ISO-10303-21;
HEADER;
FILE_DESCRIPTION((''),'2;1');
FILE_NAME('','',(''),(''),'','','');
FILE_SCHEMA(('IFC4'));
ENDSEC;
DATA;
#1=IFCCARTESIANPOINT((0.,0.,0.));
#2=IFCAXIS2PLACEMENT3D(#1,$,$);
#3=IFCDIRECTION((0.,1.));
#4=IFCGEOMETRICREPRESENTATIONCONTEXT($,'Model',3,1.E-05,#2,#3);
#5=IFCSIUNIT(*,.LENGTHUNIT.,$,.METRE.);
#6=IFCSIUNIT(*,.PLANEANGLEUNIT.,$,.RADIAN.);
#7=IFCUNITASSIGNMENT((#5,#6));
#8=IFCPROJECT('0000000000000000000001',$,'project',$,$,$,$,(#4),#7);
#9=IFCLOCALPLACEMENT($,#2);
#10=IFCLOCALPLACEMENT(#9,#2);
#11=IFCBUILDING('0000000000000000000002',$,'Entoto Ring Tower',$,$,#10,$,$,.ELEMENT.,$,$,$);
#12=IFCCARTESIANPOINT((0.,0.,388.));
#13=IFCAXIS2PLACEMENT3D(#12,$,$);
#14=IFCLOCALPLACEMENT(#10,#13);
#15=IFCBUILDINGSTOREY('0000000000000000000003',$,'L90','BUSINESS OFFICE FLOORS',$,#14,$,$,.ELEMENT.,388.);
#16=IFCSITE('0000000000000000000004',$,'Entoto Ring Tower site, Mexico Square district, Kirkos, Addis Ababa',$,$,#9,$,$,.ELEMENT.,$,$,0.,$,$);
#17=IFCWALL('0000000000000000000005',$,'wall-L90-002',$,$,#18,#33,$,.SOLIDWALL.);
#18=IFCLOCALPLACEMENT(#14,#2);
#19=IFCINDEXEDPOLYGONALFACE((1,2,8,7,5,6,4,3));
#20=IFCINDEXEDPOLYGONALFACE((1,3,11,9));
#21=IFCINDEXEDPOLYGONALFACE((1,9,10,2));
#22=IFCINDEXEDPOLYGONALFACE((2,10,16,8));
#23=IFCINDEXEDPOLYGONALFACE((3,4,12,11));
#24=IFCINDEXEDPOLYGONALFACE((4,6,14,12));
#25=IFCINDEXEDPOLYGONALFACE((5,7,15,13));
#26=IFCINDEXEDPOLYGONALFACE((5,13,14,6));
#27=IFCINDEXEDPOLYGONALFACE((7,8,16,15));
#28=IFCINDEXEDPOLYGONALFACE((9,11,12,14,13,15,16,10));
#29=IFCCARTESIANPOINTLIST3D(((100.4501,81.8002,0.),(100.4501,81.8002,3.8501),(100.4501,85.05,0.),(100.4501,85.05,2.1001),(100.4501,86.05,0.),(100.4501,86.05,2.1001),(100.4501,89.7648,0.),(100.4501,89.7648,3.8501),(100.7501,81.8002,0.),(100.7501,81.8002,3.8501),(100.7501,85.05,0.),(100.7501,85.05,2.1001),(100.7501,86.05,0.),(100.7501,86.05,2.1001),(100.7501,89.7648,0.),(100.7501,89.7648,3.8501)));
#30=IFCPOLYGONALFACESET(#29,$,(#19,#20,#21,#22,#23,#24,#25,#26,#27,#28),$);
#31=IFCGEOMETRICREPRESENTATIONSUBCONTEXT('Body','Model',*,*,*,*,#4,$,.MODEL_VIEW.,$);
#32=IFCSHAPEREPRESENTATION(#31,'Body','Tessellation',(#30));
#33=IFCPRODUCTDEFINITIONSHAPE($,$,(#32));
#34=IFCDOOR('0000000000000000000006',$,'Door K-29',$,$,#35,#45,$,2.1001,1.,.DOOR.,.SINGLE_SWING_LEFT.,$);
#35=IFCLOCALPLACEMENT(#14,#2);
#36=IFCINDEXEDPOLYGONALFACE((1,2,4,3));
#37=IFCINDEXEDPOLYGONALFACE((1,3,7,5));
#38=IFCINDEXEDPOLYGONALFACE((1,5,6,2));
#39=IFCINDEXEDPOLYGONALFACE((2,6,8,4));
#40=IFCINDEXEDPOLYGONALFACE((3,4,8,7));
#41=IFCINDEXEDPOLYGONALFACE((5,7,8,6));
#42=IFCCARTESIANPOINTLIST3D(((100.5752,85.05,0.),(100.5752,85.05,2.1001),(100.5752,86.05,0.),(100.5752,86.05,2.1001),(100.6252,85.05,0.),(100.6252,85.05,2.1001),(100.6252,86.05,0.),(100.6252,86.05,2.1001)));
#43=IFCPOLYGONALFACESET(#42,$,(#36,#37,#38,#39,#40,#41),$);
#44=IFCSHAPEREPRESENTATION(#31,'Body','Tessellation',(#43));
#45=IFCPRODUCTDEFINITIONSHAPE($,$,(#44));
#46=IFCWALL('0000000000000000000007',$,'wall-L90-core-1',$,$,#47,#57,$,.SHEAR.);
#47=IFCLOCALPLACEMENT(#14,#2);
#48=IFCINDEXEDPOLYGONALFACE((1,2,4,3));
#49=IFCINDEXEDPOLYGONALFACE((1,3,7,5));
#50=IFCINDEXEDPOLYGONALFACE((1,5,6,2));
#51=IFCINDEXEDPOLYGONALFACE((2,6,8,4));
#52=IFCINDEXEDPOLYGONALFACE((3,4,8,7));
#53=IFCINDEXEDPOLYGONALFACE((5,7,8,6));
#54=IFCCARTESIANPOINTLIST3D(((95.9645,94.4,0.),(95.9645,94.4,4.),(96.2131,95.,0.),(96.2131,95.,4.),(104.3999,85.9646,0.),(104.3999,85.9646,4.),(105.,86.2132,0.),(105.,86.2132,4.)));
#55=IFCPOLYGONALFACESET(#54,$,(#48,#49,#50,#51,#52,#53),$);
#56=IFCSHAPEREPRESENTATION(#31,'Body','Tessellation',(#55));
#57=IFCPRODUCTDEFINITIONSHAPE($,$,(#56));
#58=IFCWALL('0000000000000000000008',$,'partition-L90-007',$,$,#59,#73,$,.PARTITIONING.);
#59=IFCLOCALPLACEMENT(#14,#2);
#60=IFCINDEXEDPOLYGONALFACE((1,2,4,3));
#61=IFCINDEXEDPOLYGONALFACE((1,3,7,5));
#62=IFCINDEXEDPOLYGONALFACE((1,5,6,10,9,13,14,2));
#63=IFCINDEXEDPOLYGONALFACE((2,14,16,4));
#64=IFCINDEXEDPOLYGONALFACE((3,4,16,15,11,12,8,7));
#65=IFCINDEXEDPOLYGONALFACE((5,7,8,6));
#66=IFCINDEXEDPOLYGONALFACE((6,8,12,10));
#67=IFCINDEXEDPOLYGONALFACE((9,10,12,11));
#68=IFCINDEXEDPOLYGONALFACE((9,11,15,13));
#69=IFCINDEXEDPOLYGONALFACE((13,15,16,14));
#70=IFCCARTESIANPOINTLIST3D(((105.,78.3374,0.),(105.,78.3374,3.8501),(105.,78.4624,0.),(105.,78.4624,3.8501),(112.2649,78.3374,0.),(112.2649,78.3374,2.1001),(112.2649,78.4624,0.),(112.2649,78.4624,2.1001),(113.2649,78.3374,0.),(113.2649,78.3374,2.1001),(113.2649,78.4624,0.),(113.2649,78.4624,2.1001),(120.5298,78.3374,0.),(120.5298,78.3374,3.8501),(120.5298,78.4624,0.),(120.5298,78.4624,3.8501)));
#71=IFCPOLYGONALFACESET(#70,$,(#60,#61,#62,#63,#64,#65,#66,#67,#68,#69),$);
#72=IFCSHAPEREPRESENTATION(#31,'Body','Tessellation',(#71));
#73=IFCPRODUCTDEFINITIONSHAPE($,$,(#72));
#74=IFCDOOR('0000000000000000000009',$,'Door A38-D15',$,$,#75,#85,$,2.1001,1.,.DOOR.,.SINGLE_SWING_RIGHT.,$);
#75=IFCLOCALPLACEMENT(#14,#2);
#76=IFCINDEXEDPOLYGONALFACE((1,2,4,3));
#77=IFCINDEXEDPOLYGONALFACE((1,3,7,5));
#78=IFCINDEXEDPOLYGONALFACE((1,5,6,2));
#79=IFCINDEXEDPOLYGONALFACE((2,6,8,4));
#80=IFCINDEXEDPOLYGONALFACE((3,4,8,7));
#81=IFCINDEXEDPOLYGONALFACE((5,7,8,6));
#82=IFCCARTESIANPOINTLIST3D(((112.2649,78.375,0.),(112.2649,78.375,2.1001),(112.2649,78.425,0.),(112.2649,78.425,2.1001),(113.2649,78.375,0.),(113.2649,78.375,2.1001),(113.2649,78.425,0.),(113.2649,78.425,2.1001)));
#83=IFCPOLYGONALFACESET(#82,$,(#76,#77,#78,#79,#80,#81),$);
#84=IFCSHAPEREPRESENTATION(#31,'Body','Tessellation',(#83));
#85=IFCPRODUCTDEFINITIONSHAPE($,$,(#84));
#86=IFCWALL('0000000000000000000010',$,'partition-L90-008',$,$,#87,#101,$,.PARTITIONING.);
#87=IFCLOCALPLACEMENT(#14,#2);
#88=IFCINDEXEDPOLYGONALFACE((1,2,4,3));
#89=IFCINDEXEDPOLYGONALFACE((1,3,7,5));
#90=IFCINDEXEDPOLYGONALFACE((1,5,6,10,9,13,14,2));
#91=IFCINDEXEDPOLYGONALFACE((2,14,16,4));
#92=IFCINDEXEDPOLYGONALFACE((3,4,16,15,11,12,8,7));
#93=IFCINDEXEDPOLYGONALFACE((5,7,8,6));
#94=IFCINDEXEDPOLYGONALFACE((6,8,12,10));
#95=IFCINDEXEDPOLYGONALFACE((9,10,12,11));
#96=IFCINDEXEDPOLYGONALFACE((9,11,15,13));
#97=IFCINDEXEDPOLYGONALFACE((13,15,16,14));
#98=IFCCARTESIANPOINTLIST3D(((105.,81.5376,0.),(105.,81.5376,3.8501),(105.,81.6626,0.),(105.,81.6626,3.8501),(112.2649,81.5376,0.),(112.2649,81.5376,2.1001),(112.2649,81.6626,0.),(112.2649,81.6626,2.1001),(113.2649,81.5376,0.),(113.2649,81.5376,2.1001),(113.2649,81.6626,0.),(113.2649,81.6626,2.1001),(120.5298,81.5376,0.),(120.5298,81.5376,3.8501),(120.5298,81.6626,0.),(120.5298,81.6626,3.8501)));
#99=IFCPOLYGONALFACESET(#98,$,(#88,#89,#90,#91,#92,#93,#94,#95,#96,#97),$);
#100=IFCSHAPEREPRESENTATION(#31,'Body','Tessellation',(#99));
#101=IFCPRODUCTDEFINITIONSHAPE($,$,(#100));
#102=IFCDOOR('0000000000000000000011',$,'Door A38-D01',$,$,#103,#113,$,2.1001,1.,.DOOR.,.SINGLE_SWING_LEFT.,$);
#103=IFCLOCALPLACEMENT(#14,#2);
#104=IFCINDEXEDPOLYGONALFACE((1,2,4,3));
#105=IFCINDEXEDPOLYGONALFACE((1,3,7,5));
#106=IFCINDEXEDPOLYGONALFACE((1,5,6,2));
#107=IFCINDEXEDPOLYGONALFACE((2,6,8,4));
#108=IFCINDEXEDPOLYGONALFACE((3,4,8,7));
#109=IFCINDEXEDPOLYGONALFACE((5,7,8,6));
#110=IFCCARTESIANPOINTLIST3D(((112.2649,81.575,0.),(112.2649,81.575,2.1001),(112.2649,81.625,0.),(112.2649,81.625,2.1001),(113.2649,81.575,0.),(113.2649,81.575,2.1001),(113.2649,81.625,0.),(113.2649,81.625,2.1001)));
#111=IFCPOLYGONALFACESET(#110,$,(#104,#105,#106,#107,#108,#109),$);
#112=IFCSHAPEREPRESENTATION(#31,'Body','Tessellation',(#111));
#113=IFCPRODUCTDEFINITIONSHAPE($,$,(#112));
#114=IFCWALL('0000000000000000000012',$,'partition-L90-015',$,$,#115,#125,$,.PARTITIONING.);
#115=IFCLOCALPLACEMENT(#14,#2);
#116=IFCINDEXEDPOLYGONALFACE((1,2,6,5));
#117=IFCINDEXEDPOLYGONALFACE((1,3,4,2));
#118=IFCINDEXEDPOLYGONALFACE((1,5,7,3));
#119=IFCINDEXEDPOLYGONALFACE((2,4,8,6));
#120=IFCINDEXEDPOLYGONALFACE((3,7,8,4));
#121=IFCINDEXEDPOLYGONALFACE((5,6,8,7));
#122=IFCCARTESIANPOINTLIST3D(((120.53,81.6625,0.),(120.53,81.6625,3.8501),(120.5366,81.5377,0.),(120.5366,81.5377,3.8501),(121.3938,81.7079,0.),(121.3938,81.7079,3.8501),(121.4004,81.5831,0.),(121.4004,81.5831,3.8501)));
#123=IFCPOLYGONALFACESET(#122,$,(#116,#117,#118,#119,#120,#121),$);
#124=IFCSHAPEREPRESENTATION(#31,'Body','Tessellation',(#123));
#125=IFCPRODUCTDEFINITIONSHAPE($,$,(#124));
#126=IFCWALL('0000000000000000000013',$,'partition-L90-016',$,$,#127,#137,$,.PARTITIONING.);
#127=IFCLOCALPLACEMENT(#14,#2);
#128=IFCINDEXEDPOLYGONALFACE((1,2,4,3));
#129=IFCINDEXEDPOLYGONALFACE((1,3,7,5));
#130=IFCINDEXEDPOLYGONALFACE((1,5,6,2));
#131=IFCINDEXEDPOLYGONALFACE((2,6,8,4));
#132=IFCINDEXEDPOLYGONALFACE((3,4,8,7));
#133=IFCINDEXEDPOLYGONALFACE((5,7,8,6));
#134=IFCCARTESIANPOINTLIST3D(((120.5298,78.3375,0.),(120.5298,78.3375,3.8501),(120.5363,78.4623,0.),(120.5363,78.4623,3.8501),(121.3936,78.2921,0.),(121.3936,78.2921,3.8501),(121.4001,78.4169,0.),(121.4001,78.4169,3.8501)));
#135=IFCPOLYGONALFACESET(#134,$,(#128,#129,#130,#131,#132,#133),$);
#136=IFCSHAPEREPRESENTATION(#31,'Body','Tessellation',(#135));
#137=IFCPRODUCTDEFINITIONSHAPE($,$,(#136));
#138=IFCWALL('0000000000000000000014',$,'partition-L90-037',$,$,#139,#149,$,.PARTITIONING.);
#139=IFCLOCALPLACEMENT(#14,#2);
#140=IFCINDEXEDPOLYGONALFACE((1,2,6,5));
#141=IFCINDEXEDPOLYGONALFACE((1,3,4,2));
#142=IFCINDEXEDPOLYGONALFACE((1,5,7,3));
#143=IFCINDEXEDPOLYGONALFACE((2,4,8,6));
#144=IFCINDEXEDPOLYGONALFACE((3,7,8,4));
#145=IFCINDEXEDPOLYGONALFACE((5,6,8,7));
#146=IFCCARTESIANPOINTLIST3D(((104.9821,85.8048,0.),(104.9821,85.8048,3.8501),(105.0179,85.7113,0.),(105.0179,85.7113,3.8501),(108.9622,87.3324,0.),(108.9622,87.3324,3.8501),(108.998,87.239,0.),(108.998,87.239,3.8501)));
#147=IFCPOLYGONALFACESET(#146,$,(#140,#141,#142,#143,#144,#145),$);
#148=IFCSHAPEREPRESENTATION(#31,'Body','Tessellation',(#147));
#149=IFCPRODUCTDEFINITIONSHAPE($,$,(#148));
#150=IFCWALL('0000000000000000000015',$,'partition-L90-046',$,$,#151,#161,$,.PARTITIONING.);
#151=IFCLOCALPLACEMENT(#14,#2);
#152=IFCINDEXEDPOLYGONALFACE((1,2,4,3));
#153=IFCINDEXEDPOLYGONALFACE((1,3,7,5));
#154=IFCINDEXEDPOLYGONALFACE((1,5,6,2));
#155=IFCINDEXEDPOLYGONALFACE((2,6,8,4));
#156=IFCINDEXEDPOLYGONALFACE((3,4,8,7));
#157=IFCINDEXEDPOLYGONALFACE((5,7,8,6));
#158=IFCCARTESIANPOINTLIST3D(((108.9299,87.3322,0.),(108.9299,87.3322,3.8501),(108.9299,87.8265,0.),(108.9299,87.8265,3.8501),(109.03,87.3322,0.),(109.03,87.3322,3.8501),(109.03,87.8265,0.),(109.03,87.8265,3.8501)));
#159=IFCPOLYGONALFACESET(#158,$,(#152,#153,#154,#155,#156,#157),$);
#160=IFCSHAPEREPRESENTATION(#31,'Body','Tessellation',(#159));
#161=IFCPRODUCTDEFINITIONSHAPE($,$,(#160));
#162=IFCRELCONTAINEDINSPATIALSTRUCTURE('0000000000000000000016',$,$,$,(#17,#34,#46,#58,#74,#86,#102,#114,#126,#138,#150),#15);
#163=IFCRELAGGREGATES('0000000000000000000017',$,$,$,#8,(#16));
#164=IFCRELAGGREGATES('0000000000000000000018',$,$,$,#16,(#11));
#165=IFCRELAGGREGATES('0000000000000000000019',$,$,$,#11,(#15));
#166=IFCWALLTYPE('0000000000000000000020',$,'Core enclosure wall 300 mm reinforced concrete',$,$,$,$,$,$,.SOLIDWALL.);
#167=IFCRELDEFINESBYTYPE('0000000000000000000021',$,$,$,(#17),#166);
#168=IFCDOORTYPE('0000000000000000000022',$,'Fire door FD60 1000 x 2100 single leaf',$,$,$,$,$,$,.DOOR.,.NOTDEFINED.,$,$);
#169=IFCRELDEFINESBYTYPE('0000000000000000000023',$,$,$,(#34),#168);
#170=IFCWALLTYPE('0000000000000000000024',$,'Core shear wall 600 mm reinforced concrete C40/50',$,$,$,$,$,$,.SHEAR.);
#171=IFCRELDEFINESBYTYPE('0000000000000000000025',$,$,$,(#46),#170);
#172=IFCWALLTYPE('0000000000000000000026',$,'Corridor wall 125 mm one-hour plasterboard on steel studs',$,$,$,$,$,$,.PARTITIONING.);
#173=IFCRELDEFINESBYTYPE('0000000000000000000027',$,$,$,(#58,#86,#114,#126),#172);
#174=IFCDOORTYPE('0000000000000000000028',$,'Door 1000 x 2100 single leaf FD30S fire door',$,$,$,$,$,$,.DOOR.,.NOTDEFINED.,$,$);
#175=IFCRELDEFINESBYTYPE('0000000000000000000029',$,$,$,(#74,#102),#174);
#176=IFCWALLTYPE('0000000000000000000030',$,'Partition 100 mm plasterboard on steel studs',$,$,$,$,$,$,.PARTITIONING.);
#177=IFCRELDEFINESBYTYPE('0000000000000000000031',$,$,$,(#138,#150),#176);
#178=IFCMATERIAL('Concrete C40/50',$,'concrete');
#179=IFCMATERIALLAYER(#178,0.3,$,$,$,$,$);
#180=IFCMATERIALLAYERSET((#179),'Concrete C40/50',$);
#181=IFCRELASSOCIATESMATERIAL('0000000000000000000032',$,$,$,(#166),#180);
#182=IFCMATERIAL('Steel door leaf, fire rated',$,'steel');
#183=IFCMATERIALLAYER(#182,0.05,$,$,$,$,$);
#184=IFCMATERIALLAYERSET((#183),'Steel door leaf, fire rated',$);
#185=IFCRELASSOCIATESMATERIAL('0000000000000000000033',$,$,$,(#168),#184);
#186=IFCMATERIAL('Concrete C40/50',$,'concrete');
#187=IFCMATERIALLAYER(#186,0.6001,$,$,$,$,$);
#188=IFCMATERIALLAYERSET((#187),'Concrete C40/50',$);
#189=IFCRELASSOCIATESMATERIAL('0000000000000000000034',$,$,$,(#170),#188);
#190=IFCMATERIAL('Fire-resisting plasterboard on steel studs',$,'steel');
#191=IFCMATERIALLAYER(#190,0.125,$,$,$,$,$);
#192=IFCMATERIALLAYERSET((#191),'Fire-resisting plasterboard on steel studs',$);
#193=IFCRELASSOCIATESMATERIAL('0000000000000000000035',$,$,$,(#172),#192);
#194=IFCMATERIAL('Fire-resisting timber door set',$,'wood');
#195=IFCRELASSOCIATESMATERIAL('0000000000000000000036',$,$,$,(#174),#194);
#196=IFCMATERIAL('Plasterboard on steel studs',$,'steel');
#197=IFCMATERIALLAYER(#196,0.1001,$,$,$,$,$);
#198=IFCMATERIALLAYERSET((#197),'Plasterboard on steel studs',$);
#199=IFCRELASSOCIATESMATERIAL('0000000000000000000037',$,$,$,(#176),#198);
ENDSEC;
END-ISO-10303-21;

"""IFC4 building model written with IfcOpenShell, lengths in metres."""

from ifc_helpers import new_model, si_unit, direction, frame, frame_2d, origin, place, context, subcontext, project, spatial, polyline, rectangle, outline, extrude, material, layer, layer_set, type_object, element, fill, save


model = new_model("IFC4")

# Units and contexts
model_context = context("Model", 3, precision=1e-05, world=origin(), true_north=direction((0.0, 1.0)))
body_context = subcontext(model_context, "Body", "Model", "MODEL_VIEW")
ifc_project = project(units=[si_unit("LENGTHUNIT", "METRE"), si_unit("PLANEANGLEUNIT", "RADIAN")], contexts=[model_context])

# Site, building, storey
site_placement = place(None, origin())
site = spatial("IfcSite", under=ifc_project, at=site_placement, Name="Entoto Ring Tower site, Mexico Square district, Kirkos, Addis Ababa", CompositionType="ELEMENT", RefElevation=0.0)
building_placement = place(site_placement, origin())
building = spatial("IfcBuilding", under=site, at=building_placement, Name="Entoto Ring Tower", CompositionType="ELEMENT")
storey_placement = place(building_placement, frame((0.0, 0.0, 388.0)))
storey = spatial("IfcBuildingStorey", under=building, at=storey_placement, Name="L90", Description="BUSINESS OFFICE FLOORS", CompositionType="ELEMENT", Elevation=388.0)

# Wall, opening, door
ifc_material_1 = material(Name="Concrete C40/50", Category="concrete")
ifc_layer_1 = layer(ifc_material_1, 0.3)
ifc_layer_set_1 = layer_set([ifc_layer_1], Name="Concrete C40/50")
wall_type_1 = type_object("IfcWallType", Name="Core enclosure wall 300 mm reinforced concrete", PredefinedType="SOLIDWALL", material=ifc_layer_set_1)
wall_1_placement = place(storey_placement, frame((100.6001, 81.8, 0.0), z_axis=(0.0, 0.0, 1.0), x_axis=(0.0, 1.0, 0.0)))
wall_1 = element("IfcWall", 1, at=wall_1_placement, inside=storey, type_object=wall_type_1, Name="wall-L90-002", PredefinedType="SOLIDWALL", context=body_context, shape_type="SweptSolid", body=[
    extrude(rectangle(XDim=7.9646, YDim=0.3, at=frame_2d((3.9824, 0.0))), origin(), (0.0, 0.0, 1.0), 3.8501),
])
opening_1_placement = place(wall_1_placement, frame((3.25, 0.0, 0.0)))
opening_1 = element("IfcOpeningElement", 2, at=opening_1_placement, cuts=wall_1, PredefinedType="OPENING", context=body_context, shape_type="SweptSolid", body=[
    extrude(rectangle(XDim=1.0, YDim=2.1001, at=frame_2d((0.5, 1.05))), frame((0.0, 0.1602, 0.0), z_axis=(0.0, -1.0, 0.0), x_axis=(1.0, 0.0, 0.0)), (0.0, 0.0, 1.0), 0.3201),
])
ifc_material_2 = material(Name="Steel door leaf, fire rated", Category="steel")
ifc_layer_2 = layer(ifc_material_2, 0.05)
ifc_layer_set_2 = layer_set([ifc_layer_2], Name="Steel door leaf, fire rated")
door_type_1 = type_object("IfcDoorType", Name="Fire door FD60 1000 x 2100 single leaf", OperationType="NOTDEFINED", PredefinedType="DOOR", material=ifc_layer_set_2)
door_1_placement = place(opening_1_placement, origin())
door_1 = element("IfcDoor", 3, at=door_1_placement, inside=storey, type_object=door_type_1, Name="Door K-29", OperationType="SINGLE_SWING_LEFT", OverallHeight=2.1001, OverallWidth=1.0, PredefinedType="DOOR", context=body_context, shape_type="SweptSolid", body=[
    extrude(rectangle(XDim=1.0, YDim=2.1001, at=frame_2d((0.5, 1.05))), frame((0.0, 0.0249, 0.0), z_axis=(0.0, -1.0, 0.0), x_axis=(1.0, 0.0, 0.0)), (0.0, 0.0, 1.0), 0.05),
])
fill(opening_1, door_1)

# Wall
ifc_material_3 = material(Name="Concrete C40/50", Category="concrete")
ifc_layer_3 = layer(ifc_material_3, 0.6001)
ifc_layer_set_3 = layer_set([ifc_layer_3], Name="Concrete C40/50")
wall_type_2 = type_object("IfcWallType", Name="Core shear wall 600 mm reinforced concrete C40/50", PredefinedType="SHEAR", material=ifc_layer_set_3)
wall_2_placement = place(storey_placement, frame((104.7, 86.0889, 0.0), z_axis=(0.0, 0.0, 1.0), x_axis=(-0.707107, 0.707107, 0.0)))
element("IfcWall", 4, at=wall_2_placement, inside=storey, type_object=wall_type_2, Name="wall-L90-core-1", PredefinedType="SHEAR", context=body_context, shape_type="SweptSolid", body=[
    extrude(outline(polyline([(-0.1243, -0.3), (12.3022, -0.3), (12.0537, 0.3), (0.1243, 0.3), (-0.1243, -0.3)])), origin(), (0.0, 0.0, 1.0), 4.0),
])

# Walls, openings, doors
ifc_material_4 = material(Name="Fire-resisting plasterboard on steel studs", Category="steel")
ifc_layer_4 = layer(ifc_material_4, 0.125)
ifc_layer_set_4 = layer_set([ifc_layer_4], Name="Fire-resisting plasterboard on steel studs")
wall_type_3 = type_object("IfcWallType", Name="Corridor wall 125 mm one-hour plasterboard on steel studs", PredefinedType="PARTITIONING", material=ifc_layer_set_4)
wall_3_placement = place(storey_placement, frame((105.0, 78.3999, 0.0), z_axis=(0.0, 0.0, 1.0), x_axis=(1.0, 0.0, 0.0)))
wall_3 = element("IfcWall", 5, at=wall_3_placement, inside=storey, type_object=wall_type_3, Name="partition-L90-007", PredefinedType="PARTITIONING", context=body_context, shape_type="SweptSolid", body=[
    extrude(rectangle(XDim=15.5298, YDim=0.125, at=frame_2d((7.7649, 0.0))), origin(), (0.0, 0.0, 1.0), 3.8501),
])
opening_2_placement = place(wall_3_placement, frame((7.2649, 0.0, 0.0)))
opening_2 = element("IfcOpeningElement", 6, at=opening_2_placement, cuts=wall_3, PredefinedType="OPENING", context=body_context, shape_type="SweptSolid", body=[
    extrude(rectangle(XDim=1.0, YDim=2.1001, at=frame_2d((0.5, 1.05))), frame((0.0, 0.0725, 0.0), z_axis=(0.0, -1.0, 0.0), x_axis=(1.0, 0.0, 0.0)), (0.0, 0.0, 1.0), 0.145),
])
ifc_material_5 = material(Name="Fire-resisting timber door set", Category="wood")
door_type_2 = type_object("IfcDoorType", Name="Door 1000 x 2100 single leaf FD30S fire door", OperationType="NOTDEFINED", PredefinedType="DOOR", material=ifc_material_5)
door_2_placement = place(opening_2_placement, frame((1.0, 0.0, 0.0), z_axis=(0.0, 0.0, 1.0), x_axis=(-1.0, 0.0, 0.0)))
door_2 = element("IfcDoor", 7, at=door_2_placement, inside=storey, type_object=door_type_2, Name="Door A38-D15", OperationType="SINGLE_SWING_RIGHT", OverallHeight=2.1001, OverallWidth=1.0, PredefinedType="DOOR", context=body_context, shape_type="SweptSolid", body=[
    extrude(rectangle(XDim=1.0, YDim=2.1001, at=frame_2d((0.5, 1.05))), frame((0.0, 0.0249, 0.0), z_axis=(0.0, -1.0, 0.0), x_axis=(1.0, 0.0, 0.0)), (0.0, 0.0, 1.0), 0.05),
])
fill(opening_2, door_2)
wall_4_placement = place(storey_placement, frame((105.0, 81.6001, 0.0), z_axis=(0.0, 0.0, 1.0), x_axis=(1.0, 0.0, 0.0)))
wall_4 = element("IfcWall", 8, at=wall_4_placement, inside=storey, type_object=wall_type_3, Name="partition-L90-008", PredefinedType="PARTITIONING", context=body_context, shape_type="SweptSolid", body=[
    extrude(rectangle(XDim=15.5298, YDim=0.125, at=frame_2d((7.7649, 0.0))), origin(), (0.0, 0.0, 1.0), 3.8501),
])
opening_3_placement = place(wall_4_placement, frame((7.2649, 0.0, 0.0)))
opening_3 = element("IfcOpeningElement", 9, at=opening_3_placement, cuts=wall_4, PredefinedType="OPENING", context=body_context, shape_type="SweptSolid", body=[
    extrude(rectangle(XDim=1.0, YDim=2.1001, at=frame_2d((0.5, 1.05))), frame((0.0, 0.0725, 0.0), z_axis=(0.0, -1.0, 0.0), x_axis=(1.0, 0.0, 0.0)), (0.0, 0.0, 1.0), 0.145),
])
door_3_placement = place(opening_3_placement, origin())
door_3 = element("IfcDoor", 10, at=door_3_placement, inside=storey, type_object=door_type_2, Name="Door A38-D01", OperationType="SINGLE_SWING_LEFT", OverallHeight=2.1001, OverallWidth=1.0, PredefinedType="DOOR", context=body_context, shape_type="SweptSolid", body=[
    extrude(rectangle(XDim=1.0, YDim=2.1001, at=frame_2d((0.5, 1.05))), frame((0.0, 0.0249, 0.0), z_axis=(0.0, -1.0, 0.0), x_axis=(1.0, 0.0, 0.0)), (0.0, 0.0, 1.0), 0.05),
])
fill(opening_3, door_3)

# Walls
for number, where, z_axis, x_axis, name in (
    (11, (120.5332, 81.6001, 0.0), (0.0, 0.0, 1.0), (0.998621, 0.0525, 0.0), "partition-L90-015"),
    (12, (121.397, 78.3545, 0.0), (0.0, 0.0, 1.0), (-0.998621, 0.0525, 0.0), "partition-L90-016"),
):
    element("IfcWall", number, at=place(storey_placement, frame(where, z_axis=z_axis, x_axis=x_axis)), inside=storey, type_object=wall_type_3, Name=name, PredefinedType="PARTITIONING", context=body_context, shape_type="SweptSolid", body=[
        extrude(rectangle(XDim=0.865, YDim=0.125, at=frame_2d((0.4326, 0.0))), origin(), (0.0, 0.0, 1.0), 3.8501),
    ])
ifc_material_6 = material(Name="Plasterboard on steel studs", Category="steel")
ifc_layer_5 = layer(ifc_material_6, 0.1001)
ifc_layer_set_5 = layer_set([ifc_layer_5], Name="Plasterboard on steel studs")
wall_type_4 = type_object("IfcWallType", Name="Partition 100 mm plasterboard on steel studs", PredefinedType="PARTITIONING", material=ifc_layer_set_5)
wall_5_placement = place(storey_placement, frame((105.0, 85.7581, 0.0), z_axis=(0.0, 0.0, 1.0), x_axis=(0.933595, 0.35833, 0.0)))
element("IfcWall", 13, at=wall_5_placement, inside=storey, type_object=wall_type_4, Name="partition-L90-037", PredefinedType="PARTITIONING", context=body_context, shape_type="SweptSolid", body=[
    extrude(rectangle(XDim=4.2632, YDim=0.1001, at=frame_2d((2.1316, 0.0))), origin(), (0.0, 0.0, 1.0), 3.8501),
])
wall_6_placement = place(storey_placement, frame((108.98, 87.3323, 0.0), z_axis=(0.0, 0.0, 1.0), x_axis=(0.0, 1.0, 0.0)))
element("IfcWall", 14, at=wall_6_placement, inside=storey, type_object=wall_type_4, Name="partition-L90-046", PredefinedType="PARTITIONING", context=body_context, shape_type="SweptSolid", body=[
    extrude(rectangle(XDim=0.4944, YDim=0.1001, at=frame_2d((0.2471, 0.0))), origin(), (0.0, 0.0, 1.0), 3.8501),
])

save(model, "model.ifc")
